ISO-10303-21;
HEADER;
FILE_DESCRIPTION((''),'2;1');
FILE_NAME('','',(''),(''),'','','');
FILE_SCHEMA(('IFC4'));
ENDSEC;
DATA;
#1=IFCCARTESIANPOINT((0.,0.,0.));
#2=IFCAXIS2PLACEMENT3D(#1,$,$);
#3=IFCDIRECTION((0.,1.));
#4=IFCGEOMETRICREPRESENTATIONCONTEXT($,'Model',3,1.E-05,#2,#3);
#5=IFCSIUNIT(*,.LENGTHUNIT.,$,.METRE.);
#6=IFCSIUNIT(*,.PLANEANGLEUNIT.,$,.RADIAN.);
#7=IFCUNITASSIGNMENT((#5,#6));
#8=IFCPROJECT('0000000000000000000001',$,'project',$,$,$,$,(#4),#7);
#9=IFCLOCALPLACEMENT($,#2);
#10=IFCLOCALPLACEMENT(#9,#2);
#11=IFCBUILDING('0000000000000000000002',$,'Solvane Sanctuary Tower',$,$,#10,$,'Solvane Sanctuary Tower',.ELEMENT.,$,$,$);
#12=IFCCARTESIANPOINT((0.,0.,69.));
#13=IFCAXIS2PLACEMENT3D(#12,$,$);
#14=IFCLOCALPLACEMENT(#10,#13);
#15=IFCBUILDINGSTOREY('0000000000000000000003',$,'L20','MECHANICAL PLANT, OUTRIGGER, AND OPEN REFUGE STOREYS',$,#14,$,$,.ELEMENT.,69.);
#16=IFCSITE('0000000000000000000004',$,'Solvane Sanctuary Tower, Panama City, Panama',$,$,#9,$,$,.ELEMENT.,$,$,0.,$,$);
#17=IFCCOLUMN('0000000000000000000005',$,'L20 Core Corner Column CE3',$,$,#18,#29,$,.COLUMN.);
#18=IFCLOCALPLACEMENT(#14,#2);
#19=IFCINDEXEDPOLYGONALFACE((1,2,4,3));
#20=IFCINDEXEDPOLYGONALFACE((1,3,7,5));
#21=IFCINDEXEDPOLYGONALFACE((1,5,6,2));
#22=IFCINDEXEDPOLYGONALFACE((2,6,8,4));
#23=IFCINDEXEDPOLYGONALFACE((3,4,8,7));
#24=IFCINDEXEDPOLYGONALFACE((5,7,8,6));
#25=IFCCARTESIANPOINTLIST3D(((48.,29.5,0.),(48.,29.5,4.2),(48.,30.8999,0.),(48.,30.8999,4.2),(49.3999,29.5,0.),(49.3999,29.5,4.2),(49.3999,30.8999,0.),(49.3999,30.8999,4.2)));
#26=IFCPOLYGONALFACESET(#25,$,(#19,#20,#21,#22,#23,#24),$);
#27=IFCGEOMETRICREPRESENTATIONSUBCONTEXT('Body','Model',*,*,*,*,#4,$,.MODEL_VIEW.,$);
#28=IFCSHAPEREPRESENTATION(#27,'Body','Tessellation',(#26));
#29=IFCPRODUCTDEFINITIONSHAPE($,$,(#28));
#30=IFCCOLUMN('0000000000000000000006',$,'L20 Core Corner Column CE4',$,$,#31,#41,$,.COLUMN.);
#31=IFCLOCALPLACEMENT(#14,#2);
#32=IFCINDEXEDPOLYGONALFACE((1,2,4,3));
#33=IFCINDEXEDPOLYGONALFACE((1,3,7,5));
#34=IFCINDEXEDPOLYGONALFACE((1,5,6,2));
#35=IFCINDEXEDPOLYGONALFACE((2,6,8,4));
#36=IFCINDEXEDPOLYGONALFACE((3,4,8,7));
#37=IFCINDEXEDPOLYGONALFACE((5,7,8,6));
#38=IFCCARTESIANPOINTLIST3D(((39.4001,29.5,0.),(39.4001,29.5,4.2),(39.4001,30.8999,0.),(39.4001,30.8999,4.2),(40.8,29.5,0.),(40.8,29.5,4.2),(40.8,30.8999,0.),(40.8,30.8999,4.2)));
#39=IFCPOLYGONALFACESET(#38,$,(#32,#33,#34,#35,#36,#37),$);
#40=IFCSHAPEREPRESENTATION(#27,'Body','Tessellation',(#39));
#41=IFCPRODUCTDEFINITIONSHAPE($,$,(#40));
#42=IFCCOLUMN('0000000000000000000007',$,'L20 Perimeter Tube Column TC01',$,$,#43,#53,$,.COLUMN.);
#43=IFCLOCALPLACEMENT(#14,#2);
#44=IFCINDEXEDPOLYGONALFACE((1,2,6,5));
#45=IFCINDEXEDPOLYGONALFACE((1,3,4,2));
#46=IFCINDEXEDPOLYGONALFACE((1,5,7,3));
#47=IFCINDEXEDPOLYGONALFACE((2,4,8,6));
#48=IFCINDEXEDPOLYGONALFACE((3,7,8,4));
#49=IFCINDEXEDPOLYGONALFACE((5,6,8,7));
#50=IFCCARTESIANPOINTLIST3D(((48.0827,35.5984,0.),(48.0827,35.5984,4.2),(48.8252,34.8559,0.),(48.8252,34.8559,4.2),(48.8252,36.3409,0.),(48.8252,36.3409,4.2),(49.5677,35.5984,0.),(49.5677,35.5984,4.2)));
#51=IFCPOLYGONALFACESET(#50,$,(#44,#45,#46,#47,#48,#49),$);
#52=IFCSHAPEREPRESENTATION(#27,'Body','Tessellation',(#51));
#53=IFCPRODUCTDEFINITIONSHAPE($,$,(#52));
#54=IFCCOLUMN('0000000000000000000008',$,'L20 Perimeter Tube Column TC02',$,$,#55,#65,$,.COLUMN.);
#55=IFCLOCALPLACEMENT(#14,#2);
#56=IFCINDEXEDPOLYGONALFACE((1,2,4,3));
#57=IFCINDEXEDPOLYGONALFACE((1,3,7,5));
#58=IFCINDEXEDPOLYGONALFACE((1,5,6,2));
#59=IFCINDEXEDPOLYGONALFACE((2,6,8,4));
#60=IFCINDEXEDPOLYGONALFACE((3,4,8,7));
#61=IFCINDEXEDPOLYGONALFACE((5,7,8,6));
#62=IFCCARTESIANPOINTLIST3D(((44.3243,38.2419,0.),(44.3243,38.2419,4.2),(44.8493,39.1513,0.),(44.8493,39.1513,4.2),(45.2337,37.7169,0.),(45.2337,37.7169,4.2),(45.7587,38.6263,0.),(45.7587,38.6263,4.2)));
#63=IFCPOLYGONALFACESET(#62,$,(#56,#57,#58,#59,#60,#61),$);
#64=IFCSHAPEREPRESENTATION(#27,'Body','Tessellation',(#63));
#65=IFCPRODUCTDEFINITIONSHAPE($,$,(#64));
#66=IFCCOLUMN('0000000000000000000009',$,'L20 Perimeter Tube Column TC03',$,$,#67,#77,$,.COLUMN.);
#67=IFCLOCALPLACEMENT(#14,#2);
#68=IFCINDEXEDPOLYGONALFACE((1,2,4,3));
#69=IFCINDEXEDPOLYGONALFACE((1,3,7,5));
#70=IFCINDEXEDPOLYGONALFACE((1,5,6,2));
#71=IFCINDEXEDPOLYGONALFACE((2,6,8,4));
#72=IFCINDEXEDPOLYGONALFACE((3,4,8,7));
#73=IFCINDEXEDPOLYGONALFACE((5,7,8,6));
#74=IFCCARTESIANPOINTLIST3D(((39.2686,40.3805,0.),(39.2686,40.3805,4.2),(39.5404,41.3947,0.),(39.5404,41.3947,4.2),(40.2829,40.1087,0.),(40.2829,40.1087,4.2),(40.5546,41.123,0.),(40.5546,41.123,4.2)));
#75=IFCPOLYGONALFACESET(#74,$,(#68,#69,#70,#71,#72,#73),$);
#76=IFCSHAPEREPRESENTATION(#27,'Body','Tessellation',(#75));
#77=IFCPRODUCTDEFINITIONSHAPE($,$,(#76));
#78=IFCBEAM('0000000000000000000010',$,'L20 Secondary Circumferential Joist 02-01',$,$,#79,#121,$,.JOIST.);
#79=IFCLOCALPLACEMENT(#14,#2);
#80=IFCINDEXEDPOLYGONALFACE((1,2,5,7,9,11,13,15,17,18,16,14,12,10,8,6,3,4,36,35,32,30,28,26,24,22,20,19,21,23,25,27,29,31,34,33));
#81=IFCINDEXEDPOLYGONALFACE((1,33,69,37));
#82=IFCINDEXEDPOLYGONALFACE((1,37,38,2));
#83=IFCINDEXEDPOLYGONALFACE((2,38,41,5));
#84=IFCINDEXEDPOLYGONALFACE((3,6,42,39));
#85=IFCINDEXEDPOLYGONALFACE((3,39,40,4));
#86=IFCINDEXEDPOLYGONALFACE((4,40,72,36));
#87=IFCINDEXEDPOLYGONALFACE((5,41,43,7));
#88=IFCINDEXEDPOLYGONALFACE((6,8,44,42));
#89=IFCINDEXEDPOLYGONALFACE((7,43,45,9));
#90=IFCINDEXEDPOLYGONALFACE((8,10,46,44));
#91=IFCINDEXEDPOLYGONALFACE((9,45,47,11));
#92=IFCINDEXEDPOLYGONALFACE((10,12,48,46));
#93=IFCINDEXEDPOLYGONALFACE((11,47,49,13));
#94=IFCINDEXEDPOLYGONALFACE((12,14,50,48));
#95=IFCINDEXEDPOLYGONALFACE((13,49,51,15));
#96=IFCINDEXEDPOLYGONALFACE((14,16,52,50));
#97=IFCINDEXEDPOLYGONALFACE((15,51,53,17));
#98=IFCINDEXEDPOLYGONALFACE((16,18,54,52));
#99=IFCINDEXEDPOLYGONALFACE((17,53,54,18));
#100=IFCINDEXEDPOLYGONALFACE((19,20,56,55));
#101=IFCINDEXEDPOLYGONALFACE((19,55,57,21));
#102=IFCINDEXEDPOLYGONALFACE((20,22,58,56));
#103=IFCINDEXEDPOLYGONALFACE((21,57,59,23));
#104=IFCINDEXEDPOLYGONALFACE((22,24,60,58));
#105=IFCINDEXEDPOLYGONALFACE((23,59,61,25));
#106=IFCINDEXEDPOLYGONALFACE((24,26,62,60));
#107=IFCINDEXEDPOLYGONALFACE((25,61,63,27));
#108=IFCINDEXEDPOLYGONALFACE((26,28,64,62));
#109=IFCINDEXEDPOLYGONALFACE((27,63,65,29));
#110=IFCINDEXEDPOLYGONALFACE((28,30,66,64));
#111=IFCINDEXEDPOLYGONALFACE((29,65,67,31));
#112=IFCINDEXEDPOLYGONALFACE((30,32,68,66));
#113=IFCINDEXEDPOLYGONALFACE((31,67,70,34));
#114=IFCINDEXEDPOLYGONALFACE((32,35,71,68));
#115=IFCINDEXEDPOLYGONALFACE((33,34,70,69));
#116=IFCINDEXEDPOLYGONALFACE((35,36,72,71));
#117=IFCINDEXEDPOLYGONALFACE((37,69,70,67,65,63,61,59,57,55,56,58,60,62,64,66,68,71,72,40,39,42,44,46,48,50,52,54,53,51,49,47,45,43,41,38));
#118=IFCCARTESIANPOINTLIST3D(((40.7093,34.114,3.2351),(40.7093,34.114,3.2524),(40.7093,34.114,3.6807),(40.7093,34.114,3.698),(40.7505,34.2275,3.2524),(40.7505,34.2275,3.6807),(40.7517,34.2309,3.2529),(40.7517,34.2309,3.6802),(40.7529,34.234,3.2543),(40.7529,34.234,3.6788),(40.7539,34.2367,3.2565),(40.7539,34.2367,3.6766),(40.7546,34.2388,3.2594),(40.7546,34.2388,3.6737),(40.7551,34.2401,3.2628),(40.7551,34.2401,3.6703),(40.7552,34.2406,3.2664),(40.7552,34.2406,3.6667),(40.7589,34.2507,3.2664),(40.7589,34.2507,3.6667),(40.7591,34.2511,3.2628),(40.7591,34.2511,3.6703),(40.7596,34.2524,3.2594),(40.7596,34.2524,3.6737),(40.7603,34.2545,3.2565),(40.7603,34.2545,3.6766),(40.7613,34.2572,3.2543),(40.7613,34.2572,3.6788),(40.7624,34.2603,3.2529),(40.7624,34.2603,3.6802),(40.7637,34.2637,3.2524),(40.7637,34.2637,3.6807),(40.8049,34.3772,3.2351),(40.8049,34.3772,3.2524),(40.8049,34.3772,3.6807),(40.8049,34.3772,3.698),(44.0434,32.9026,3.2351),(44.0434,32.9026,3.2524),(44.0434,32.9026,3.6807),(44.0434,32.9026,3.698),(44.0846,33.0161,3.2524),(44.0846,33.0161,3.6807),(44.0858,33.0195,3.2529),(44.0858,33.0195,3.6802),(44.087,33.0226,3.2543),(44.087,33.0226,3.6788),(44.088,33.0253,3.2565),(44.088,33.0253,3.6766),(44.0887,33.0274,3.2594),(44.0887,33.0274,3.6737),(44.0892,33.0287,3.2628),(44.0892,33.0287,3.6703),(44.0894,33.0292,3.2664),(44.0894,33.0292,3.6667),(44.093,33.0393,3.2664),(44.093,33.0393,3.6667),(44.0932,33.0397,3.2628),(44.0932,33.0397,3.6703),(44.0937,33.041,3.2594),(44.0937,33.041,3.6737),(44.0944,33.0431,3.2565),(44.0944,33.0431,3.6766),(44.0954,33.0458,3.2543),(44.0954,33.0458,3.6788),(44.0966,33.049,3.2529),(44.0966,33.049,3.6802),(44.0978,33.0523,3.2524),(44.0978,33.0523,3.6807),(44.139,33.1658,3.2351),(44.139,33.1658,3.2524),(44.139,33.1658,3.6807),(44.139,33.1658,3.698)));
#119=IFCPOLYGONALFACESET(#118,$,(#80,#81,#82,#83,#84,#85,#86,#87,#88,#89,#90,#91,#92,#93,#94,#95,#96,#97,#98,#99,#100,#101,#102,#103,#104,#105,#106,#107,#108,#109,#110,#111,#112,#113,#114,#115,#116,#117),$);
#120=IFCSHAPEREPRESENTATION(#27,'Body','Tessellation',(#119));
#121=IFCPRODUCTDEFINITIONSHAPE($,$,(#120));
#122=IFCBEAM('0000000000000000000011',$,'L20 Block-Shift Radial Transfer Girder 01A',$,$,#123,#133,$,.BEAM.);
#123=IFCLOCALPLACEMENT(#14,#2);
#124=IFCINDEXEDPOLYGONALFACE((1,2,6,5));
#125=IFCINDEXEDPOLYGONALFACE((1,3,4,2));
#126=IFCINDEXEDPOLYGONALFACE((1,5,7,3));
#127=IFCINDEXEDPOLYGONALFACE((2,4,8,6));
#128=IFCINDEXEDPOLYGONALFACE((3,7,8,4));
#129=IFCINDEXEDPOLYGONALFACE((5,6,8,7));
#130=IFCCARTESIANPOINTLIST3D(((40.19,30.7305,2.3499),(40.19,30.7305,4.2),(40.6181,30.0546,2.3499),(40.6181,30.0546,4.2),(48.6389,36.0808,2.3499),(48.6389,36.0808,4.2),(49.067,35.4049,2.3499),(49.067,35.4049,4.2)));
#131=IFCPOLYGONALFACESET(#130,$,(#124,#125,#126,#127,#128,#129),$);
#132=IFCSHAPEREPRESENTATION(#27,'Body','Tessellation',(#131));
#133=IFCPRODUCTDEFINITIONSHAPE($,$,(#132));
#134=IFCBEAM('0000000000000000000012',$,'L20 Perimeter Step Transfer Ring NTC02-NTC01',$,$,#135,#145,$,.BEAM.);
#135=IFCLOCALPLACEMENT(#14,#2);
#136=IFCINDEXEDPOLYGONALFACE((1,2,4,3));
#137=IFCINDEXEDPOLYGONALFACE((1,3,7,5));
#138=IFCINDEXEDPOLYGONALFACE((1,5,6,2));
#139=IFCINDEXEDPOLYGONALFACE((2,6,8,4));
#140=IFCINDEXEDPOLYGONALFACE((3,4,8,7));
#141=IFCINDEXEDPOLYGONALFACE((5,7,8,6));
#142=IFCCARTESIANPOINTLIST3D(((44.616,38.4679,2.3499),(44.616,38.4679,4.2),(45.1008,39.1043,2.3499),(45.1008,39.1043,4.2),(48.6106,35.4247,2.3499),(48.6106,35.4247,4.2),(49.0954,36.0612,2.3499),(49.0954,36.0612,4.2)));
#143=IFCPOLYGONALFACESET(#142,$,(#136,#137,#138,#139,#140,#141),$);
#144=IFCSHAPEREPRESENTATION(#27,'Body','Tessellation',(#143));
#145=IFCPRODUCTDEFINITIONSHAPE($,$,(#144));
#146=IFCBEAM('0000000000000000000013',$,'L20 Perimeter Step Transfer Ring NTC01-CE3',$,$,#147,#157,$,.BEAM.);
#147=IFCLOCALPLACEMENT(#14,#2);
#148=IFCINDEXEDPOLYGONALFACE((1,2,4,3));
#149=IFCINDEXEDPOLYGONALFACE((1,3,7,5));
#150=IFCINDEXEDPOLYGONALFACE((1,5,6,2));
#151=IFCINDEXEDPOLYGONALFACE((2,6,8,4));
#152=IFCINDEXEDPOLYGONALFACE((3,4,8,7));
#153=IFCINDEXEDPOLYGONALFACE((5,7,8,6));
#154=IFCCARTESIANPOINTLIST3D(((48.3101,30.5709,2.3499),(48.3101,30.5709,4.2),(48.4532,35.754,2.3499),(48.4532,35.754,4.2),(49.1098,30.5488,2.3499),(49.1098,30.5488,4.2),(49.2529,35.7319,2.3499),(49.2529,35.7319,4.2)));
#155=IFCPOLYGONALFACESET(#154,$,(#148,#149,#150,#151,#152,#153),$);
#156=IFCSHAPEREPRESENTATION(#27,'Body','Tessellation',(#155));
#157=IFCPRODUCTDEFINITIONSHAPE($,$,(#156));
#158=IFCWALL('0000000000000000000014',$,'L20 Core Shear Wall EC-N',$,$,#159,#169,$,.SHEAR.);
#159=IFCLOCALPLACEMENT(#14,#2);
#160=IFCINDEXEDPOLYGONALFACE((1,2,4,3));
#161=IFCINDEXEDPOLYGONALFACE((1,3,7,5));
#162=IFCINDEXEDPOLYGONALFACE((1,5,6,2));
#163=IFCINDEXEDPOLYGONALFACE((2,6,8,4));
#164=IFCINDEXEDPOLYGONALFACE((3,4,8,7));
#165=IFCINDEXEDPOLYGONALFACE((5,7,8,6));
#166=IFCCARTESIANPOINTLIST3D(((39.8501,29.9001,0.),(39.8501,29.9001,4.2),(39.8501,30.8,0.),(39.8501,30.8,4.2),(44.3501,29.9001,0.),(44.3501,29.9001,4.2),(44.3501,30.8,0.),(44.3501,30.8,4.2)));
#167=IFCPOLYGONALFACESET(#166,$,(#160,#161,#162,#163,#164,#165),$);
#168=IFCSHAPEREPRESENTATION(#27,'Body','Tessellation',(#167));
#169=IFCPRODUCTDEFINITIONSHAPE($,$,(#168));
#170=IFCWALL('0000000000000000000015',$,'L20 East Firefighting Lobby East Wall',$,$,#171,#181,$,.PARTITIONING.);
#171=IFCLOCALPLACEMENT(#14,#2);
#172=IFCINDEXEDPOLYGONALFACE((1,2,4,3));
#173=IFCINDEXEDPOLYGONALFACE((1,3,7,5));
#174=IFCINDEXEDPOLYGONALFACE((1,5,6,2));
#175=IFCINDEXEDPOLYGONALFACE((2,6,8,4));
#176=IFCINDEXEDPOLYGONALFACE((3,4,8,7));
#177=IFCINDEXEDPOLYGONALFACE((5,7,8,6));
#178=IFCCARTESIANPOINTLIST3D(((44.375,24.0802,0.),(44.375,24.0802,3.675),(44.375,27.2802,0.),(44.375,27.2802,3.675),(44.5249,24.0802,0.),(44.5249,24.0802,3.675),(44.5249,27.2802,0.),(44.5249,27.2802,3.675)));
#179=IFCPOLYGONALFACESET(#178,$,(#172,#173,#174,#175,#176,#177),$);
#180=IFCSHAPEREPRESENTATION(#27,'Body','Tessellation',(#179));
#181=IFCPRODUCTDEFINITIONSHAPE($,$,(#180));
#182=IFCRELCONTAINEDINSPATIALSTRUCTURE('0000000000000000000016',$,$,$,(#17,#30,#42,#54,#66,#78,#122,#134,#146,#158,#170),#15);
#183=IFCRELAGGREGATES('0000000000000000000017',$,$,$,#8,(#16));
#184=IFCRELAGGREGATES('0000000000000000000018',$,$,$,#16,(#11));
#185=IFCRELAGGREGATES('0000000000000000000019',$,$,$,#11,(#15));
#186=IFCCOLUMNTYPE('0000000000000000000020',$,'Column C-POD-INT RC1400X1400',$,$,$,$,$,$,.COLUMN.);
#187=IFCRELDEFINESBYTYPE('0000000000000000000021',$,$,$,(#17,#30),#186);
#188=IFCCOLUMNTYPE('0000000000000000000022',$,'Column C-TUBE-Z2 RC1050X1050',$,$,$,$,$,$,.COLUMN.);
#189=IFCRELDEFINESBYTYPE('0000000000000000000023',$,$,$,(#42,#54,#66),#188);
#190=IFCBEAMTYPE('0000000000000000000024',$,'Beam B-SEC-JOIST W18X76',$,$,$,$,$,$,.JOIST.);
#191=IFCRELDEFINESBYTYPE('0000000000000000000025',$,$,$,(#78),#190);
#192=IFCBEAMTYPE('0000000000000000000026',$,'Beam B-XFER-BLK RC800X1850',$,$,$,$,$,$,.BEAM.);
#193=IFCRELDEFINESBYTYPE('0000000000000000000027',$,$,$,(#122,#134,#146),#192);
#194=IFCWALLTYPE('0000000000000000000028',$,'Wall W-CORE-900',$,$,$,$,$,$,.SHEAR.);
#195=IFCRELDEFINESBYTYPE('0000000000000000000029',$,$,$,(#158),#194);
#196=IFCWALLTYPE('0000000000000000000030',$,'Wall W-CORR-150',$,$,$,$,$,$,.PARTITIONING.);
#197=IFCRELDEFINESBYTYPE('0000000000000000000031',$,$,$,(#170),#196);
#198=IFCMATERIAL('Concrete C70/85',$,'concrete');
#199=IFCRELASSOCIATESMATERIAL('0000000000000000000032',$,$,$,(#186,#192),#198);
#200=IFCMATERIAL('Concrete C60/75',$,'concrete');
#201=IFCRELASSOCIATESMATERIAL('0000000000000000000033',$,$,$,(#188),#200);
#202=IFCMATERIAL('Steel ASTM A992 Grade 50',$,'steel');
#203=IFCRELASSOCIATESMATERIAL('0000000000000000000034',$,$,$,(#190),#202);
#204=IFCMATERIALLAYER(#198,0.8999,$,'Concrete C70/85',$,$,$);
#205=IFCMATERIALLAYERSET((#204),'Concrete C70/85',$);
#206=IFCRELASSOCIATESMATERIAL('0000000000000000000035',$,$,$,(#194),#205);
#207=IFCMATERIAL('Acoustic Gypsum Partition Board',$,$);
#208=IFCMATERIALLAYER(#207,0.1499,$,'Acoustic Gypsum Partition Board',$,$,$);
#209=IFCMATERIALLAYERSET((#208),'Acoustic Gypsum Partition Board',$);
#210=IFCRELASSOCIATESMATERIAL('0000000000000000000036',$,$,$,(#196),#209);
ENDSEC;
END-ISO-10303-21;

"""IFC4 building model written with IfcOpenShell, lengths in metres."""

from ifc_helpers import new_model, si_unit, direction, frame, frame_2d, origin, origin_2d, place, context, subcontext, project, spatial, rectangle, i_section, extrude, material, layer, layer_set, material_profile, profile_set, type_object, element, save


model = new_model("IFC4")

# Units and contexts
model_context = context("Model", 3, precision=1e-05, world=origin(), true_north=direction((0.0, 1.0)))
body_context = subcontext(model_context, "Body", "Model", "MODEL_VIEW")
ifc_project = project(units=[si_unit("LENGTHUNIT", "METRE"), si_unit("PLANEANGLEUNIT", "RADIAN")], contexts=[model_context])

# Site, building, storey
site_placement = place(None, origin())
site = spatial("IfcSite", under=ifc_project, at=site_placement, Name="Solvane Sanctuary Tower, Panama City, Panama", CompositionType="ELEMENT", RefElevation=0.0)
building_placement = place(site_placement, origin())
building = spatial("IfcBuilding", under=site, at=building_placement, Name="Solvane Sanctuary Tower", LongName="Solvane Sanctuary Tower", CompositionType="ELEMENT")
storey_placement = place(building_placement, frame((0.0, 0.0, 69.0)))
storey = spatial("IfcBuildingStorey", under=building, at=storey_placement, Name="L20", Description="MECHANICAL PLANT, OUTRIGGER, AND OPEN REFUGE STOREYS", CompositionType="ELEMENT", Elevation=69.0)

# Columns
ifc_material_1 = material(Name="Concrete C70/85", Category="concrete")
ifc_material_profile_1 = material_profile(ifc_material_1, rectangle(XDim=1.3999, YDim=1.3999, at=origin_2d()), Name="RC1400X1400")
ifc_profile_set_1 = profile_set([ifc_material_profile_1], Name="Concrete C70/85")
column_type_1 = type_object("IfcColumnType", Name="Column C-POD-INT RC1400X1400", PredefinedType="COLUMN", material=ifc_profile_set_1)
for number, where, z_axis, x_axis, name in (
    (1, (48.7, 30.2, 0.0), (0.0, 0.0, 1.0), (1.0, 0.0, 0.0), "L20 Core Corner Column CE3"),
    (2, (40.1001, 30.2, 0.0), (0.0, 0.0, 1.0), (1.0, 0.0, 0.0), "L20 Core Corner Column CE4"),
):
    element("IfcColumn", number, at=place(storey_placement, frame(where, z_axis=z_axis, x_axis=x_axis)), inside=storey, type_object=column_type_1, Name=name, PredefinedType="COLUMN", context=body_context, shape_type="SweptSolid", body=[
        extrude(rectangle(XDim=1.3999, YDim=1.3999, at=origin_2d()), origin(), (0.0, 0.0, 1.0), 4.2),
    ])
ifc_material_2 = material(Name="Concrete C60/75", Category="concrete")
ifc_material_profile_2 = material_profile(ifc_material_2, rectangle(XDim=1.05, YDim=1.05, at=origin_2d()), Name="RC1050X1050")
ifc_profile_set_2 = profile_set([ifc_material_profile_2], Name="Concrete C60/75")
column_type_2 = type_object("IfcColumnType", Name="Column C-TUBE-Z2 RC1050X1050", PredefinedType="COLUMN", material=ifc_profile_set_2)
for number, where, z_axis, x_axis, name in (
    (3, (48.8252, 35.5984, 0.0), (0.0, 0.0, 1.0), (0.707107, 0.707107, 0.0), "L20 Perimeter Tube Column TC01"),
    (4, (45.0415, 38.4341, 0.0), (0.0, 0.0, 1.0), (0.5, 0.866025, 0.0), "L20 Perimeter Tube Column TC02"),
    (5, (39.9116, 40.7517, 0.0), (0.0, 0.0, 1.0), (0.258819, 0.965926, 0.0), "L20 Perimeter Tube Column TC03"),
):
    element("IfcColumn", number, at=place(storey_placement, frame(where, z_axis=z_axis, x_axis=x_axis)), inside=storey, type_object=column_type_2, Name=name, PredefinedType="COLUMN", context=body_context, shape_type="SweptSolid", body=[
        extrude(rectangle(XDim=1.05, YDim=1.05, at=origin_2d()), origin(), (0.0, 0.0, 1.0), 4.2),
    ])

# Beams
ifc_material_3 = material(Name="Steel ASTM A992 Grade 50", Category="steel")
ifc_material_profile_3 = material_profile(ifc_material_3, i_section(OverallWidth=0.28, OverallDepth=0.4629, WebThickness=0.0107, FlangeThickness=0.0173, FilletRadius=0.0139, at=origin_2d()), Name="W18X76")
ifc_profile_set_3 = profile_set([ifc_material_profile_3], Name="Steel ASTM A992 Grade 50")
beam_type_1 = type_object("IfcBeamType", Name="Beam B-SEC-JOIST W18X76", PredefinedType="JOIST", material=ifc_profile_set_3)
beam_1_placement = place(storey_placement, frame((40.7571, 34.2456, 3.4666), z_axis=(0.939886, -0.341489, 0.0), x_axis=(0.341489, 0.939886, 0.0)))
element("IfcBeam", 6, at=beam_1_placement, inside=storey, type_object=beam_type_1, Name="L20 Secondary Circumferential Joist 02-01", PredefinedType="JOIST", context=body_context, shape_type="SweptSolid", body=[
    extrude(i_section(OverallWidth=0.28, OverallDepth=0.4629, WebThickness=0.0107, FlangeThickness=0.0173, FilletRadius=0.0139, at=origin_2d()), origin(), (0.0, 0.0, 1.0), 3.5474),
])
ifc_material_profile_4 = material_profile(ifc_material_1, rectangle(XDim=0.8, YDim=1.8501, at=origin_2d()), Name="RC800X1850")
ifc_profile_set_4 = profile_set([ifc_material_profile_4], Name="Concrete C70/85")
beam_type_2 = type_object("IfcBeamType", Name="Beam B-XFER-BLK RC800X1850", PredefinedType="BEAM", material=ifc_profile_set_4)
beam_2_placement = place(storey_placement, frame((40.4041, 30.3926, 3.2749), z_axis=(0.84485, 0.535004, 0.0), x_axis=(-0.535004, 0.84485, 0.0)))
element("IfcBeam", 7, at=beam_2_placement, inside=storey, type_object=beam_type_2, Name="L20 Block-Shift Radial Transfer Girder 01A", PredefinedType="BEAM", context=body_context, shape_type="SweptSolid", body=[
    extrude(rectangle(XDim=0.8, YDim=1.8501, at=origin_2d()), origin(), (0.0, 0.0, 1.0), 10.0005),
])
beam_3_placement = place(storey_placement, frame((44.8584, 38.7861, 3.2749), z_axis=(0.795462, -0.606004, 0.0), x_axis=(0.606004, 0.795462, 0.0)))
element("IfcBeam", 8, at=beam_3_placement, inside=storey, type_object=beam_type_2, Name="L20 Perimeter Step Transfer Ring NTC02-NTC01", PredefinedType="BEAM", context=body_context, shape_type="SweptSolid", body=[
    extrude(rectangle(XDim=0.8, YDim=1.8501, at=origin_2d()), origin(), (0.0, 0.0, 1.0), 5.0217),
])
beam_4_placement = place(storey_placement, frame((48.853, 35.7429, 3.2749), z_axis=(-0.027592, -0.999619, 0.0), x_axis=(0.999619, -0.027592, 0.0)))
element("IfcBeam", 9, at=beam_4_placement, inside=storey, type_object=beam_type_2, Name="L20 Perimeter Step Transfer Ring NTC01-CE3", PredefinedType="BEAM", context=body_context, shape_type="SweptSolid", body=[
    extrude(rectangle(XDim=0.8, YDim=1.8501, at=origin_2d()), origin(), (0.0, 0.0, 1.0), 5.1851),
])

# Walls
ifc_layer_1 = layer(ifc_material_1, 0.8999, Name="Concrete C70/85")
ifc_layer_set_1 = layer_set([ifc_layer_1], Name="Concrete C70/85")
wall_type_1 = type_object("IfcWallType", Name="Wall W-CORE-900", PredefinedType="SHEAR", material=ifc_layer_set_1)
wall_1_placement = place(storey_placement, frame((39.8501, 30.3501, 0.0), z_axis=(0.0, 0.0, 1.0), x_axis=(1.0, 0.0, 0.0)))
element("IfcWall", 10, at=wall_1_placement, inside=storey, type_object=wall_type_1, Name="L20 Core Shear Wall EC-N", PredefinedType="SHEAR", context=body_context, shape_type="SweptSolid", body=[
    extrude(rectangle(XDim=4.5, YDim=0.8999, at=frame_2d((2.25, 0.0))), origin(), (0.0, 0.0, 1.0), 4.2),
])
ifc_material_4 = material(Name="Acoustic Gypsum Partition Board")
ifc_layer_2 = layer(ifc_material_4, 0.1499, Name="Acoustic Gypsum Partition Board")
ifc_layer_set_2 = layer_set([ifc_layer_2], Name="Acoustic Gypsum Partition Board")
wall_type_2 = type_object("IfcWallType", Name="Wall W-CORR-150", PredefinedType="PARTITIONING", material=ifc_layer_set_2)
wall_2_placement = place(storey_placement, frame((44.45, 24.0801, 0.0), z_axis=(0.0, 0.0, 1.0), x_axis=(0.0, 1.0, 0.0)))
element("IfcWall", 11, at=wall_2_placement, inside=storey, type_object=wall_type_2, Name="L20 East Firefighting Lobby East Wall", PredefinedType="PARTITIONING", context=body_context, shape_type="SweptSolid", body=[
    extrude(rectangle(XDim=3.2, YDim=0.1499, at=frame_2d((1.6001, 0.0))), origin(), (0.0, 0.0, 1.0), 3.675),
])

save(model, "model.ifc")
